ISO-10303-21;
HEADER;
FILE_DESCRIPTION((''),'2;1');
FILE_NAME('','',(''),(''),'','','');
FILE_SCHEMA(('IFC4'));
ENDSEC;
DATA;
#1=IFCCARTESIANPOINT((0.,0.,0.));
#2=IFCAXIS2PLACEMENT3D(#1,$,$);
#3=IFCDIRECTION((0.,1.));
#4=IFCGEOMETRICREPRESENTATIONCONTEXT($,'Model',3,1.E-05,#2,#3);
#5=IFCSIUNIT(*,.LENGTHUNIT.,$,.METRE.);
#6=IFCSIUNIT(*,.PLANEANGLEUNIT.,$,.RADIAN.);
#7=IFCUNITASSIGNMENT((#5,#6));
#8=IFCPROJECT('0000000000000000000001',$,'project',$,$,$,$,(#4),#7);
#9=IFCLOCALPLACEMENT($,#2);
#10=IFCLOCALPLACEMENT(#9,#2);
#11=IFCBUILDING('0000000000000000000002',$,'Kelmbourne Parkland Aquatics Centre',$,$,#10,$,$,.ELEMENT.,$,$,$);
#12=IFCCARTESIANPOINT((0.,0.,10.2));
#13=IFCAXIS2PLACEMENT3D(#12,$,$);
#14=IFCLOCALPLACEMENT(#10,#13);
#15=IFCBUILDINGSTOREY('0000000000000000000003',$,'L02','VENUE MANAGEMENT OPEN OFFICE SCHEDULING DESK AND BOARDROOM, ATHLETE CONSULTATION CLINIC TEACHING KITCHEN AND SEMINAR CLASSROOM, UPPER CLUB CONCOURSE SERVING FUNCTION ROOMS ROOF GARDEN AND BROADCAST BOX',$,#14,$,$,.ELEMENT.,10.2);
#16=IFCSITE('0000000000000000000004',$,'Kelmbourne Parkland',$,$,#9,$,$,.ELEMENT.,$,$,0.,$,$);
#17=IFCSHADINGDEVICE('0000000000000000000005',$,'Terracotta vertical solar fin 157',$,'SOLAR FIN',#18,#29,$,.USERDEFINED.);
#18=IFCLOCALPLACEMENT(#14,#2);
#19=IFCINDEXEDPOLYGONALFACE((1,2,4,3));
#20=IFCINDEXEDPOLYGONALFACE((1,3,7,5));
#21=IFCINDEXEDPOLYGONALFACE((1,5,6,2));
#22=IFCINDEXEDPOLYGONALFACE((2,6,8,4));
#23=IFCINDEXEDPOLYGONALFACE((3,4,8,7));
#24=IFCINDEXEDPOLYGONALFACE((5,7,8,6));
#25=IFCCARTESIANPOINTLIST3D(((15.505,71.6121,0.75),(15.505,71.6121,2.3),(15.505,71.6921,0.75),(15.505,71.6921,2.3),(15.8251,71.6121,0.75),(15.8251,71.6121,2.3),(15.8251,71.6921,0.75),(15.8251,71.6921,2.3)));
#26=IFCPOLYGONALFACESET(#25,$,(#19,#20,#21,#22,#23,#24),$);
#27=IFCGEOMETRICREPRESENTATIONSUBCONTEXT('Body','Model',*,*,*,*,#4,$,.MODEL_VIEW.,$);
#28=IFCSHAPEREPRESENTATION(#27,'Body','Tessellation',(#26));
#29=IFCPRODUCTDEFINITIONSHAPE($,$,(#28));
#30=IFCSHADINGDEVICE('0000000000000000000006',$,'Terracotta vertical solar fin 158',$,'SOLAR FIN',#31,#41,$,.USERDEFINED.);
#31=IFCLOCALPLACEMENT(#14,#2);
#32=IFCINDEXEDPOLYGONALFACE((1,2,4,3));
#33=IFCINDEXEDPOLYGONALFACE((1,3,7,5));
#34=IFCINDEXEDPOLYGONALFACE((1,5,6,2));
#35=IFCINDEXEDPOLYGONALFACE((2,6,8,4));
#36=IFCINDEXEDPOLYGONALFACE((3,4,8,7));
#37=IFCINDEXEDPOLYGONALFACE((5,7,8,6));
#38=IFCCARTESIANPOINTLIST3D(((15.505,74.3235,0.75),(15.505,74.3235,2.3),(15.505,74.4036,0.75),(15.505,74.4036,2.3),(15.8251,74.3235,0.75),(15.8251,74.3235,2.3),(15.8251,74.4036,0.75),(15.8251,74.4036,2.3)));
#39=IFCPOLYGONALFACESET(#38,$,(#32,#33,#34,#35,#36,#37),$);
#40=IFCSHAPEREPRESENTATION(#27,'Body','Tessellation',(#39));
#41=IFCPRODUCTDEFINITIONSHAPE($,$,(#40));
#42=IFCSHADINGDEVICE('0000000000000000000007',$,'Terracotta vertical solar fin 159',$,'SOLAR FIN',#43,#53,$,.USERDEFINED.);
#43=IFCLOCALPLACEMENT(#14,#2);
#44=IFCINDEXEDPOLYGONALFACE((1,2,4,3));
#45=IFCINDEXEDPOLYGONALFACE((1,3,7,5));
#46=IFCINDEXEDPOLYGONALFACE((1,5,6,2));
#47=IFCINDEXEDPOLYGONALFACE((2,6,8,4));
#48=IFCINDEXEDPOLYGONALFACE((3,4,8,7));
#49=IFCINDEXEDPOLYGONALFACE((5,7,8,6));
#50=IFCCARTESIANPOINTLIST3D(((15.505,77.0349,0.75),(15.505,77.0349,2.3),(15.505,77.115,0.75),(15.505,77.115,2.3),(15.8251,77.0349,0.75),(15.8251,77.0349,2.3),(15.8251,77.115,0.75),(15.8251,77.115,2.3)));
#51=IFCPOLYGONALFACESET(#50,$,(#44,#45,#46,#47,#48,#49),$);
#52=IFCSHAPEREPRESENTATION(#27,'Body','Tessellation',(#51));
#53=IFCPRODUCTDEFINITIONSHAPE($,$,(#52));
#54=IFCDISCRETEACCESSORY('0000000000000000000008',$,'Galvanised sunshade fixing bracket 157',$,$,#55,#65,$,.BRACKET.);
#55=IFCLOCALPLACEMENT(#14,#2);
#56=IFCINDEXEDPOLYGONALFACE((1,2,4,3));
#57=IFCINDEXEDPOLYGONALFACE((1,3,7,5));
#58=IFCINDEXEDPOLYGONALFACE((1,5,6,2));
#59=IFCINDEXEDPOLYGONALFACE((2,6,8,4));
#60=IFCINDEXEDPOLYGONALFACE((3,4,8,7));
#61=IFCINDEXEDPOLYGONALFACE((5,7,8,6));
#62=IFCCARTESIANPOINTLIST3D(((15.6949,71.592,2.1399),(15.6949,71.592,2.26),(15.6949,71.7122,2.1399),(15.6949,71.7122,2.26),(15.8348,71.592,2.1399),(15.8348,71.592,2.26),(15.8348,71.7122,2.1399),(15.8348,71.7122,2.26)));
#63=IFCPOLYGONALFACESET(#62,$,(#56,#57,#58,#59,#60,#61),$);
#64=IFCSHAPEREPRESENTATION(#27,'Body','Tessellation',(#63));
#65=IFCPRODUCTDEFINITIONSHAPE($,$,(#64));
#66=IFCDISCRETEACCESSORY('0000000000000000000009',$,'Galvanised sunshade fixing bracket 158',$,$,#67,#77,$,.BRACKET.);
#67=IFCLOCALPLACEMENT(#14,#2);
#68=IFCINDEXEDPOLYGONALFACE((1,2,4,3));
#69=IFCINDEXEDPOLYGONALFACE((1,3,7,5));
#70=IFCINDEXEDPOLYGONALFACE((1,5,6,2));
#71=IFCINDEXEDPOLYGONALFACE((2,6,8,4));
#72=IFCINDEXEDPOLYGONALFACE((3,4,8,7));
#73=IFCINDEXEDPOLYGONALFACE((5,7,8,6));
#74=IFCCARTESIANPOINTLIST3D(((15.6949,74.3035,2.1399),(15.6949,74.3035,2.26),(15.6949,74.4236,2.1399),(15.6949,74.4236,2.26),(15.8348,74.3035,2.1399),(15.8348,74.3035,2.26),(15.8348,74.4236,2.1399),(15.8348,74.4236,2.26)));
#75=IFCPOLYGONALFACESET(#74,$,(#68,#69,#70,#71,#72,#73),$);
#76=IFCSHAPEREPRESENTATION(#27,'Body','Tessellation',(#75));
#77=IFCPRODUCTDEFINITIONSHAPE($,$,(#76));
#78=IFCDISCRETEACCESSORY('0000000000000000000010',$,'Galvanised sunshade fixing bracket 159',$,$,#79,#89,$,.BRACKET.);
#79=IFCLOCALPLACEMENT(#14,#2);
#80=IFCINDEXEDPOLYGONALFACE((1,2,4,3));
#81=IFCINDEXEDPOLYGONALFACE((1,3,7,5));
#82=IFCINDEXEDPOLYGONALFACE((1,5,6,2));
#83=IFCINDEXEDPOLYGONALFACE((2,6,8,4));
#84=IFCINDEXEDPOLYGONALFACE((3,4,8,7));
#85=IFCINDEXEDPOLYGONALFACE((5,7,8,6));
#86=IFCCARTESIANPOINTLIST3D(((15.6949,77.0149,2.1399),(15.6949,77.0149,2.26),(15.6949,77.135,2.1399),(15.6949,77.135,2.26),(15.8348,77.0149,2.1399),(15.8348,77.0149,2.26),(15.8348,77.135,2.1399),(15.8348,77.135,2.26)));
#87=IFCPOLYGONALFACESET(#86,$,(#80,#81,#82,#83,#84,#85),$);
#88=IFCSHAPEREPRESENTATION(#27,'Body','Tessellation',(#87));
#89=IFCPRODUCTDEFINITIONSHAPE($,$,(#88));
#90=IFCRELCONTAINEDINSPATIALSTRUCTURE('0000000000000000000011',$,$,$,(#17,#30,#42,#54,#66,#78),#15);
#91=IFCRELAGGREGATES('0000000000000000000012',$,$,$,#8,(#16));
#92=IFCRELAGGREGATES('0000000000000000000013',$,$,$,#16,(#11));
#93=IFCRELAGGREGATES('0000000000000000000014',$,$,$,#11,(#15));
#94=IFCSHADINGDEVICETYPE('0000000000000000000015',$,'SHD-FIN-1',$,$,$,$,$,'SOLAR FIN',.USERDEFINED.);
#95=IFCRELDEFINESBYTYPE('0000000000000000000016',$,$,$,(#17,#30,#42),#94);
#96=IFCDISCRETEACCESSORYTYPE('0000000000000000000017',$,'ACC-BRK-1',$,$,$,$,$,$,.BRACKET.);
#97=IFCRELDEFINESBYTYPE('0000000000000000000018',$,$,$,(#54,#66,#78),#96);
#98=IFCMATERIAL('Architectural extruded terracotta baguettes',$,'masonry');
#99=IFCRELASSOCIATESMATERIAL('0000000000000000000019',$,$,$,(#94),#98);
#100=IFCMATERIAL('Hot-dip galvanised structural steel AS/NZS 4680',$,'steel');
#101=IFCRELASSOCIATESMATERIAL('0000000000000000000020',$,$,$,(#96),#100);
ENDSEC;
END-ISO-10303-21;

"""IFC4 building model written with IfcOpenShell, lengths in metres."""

from ifc_helpers import new_model, si_unit, direction, frame, origin, origin_2d, place, context, subcontext, project, spatial, rectangle, extrude, material, type_object, element, save


model = new_model("IFC4")

# Units and contexts
model_context = context("Model", 3, precision=1e-05, world=origin(), true_north=direction((0.0, 1.0)))
body_context = subcontext(model_context, "Body", "Model", "MODEL_VIEW")
ifc_project = project(units=[si_unit("LENGTHUNIT", "METRE"), si_unit("PLANEANGLEUNIT", "RADIAN")], contexts=[model_context])

# Site, building, storey
site_placement = place(None, origin())
site = spatial("IfcSite", under=ifc_project, at=site_placement, Name="Kelmbourne Parkland", CompositionType="ELEMENT", RefElevation=0.0)
building_placement = place(site_placement, origin())
building = spatial("IfcBuilding", under=site, at=building_placement, Name="Kelmbourne Parkland Aquatics Centre", CompositionType="ELEMENT")
storey_placement = place(building_placement, frame((0.0, 0.0, 10.2)))
storey = spatial("IfcBuildingStorey", under=building, at=storey_placement, Name="L02", Description="VENUE MANAGEMENT OPEN OFFICE SCHEDULING DESK AND BOARDROOM, ATHLETE CONSULTATION CLINIC TEACHING KITCHEN AND SEMINAR CLASSROOM, UPPER CLUB CONCOURSE SERVING FUNCTION ROOMS ROOF GARDEN AND BROADCAST BOX", CompositionType="ELEMENT", Elevation=10.2)

# Shading devices
ifc_material_1 = material(Name="Architectural extruded terracotta baguettes", Category="masonry")
shading_device_type = type_object("IfcShadingDeviceType", Name="SHD-FIN-1", ElementType="SOLAR FIN", PredefinedType="USERDEFINED", material=ifc_material_1)
for number, where, z_axis, x_axis, name in (
    (1, (15.665, 71.6521, 0.75), (0.0, 0.0, 1.0), (0.0, 1.0, 0.0), "Terracotta vertical solar fin 157"),
    (2, (15.665, 74.3635, 0.75), (0.0, 0.0, 1.0), (0.0, 1.0, 0.0), "Terracotta vertical solar fin 158"),
    (3, (15.665, 77.075, 0.75), (0.0, 0.0, 1.0), (0.0, 1.0, 0.0), "Terracotta vertical solar fin 159"),
):
    element("IfcShadingDevice", number, at=place(storey_placement, frame(where, z_axis=z_axis, x_axis=x_axis)), inside=storey, type_object=shading_device_type, Name=name, ObjectType="SOLAR FIN", PredefinedType="USERDEFINED", context=body_context, shape_type="SweptSolid", body=[
        extrude(rectangle(XDim=0.0801, YDim=0.3201, at=origin_2d()), origin(), (0.0, 0.0, 1.0), 1.55),
    ])

# Discrete accessories
ifc_material_2 = material(Name="Hot-dip galvanised structural steel AS/NZS 4680", Category="steel")
discrete_accessory_type = type_object("IfcDiscreteAccessoryType", Name="ACC-BRK-1", PredefinedType="BRACKET", material=ifc_material_2)
for number, where, z_axis, x_axis, name in (
    (4, (15.7649, 71.6521, 2.1399), (0.0, 0.0, 1.0), (0.0, 1.0, 0.0), "Galvanised sunshade fixing bracket 157"),
    (5, (15.7649, 74.3635, 2.1399), (0.0, 0.0, 1.0), (0.0, 1.0, 0.0), "Galvanised sunshade fixing bracket 158"),
    (6, (15.7649, 77.075, 2.1399), (0.0, 0.0, 1.0), (0.0, 1.0, 0.0), "Galvanised sunshade fixing bracket 159"),
):
    element("IfcDiscreteAccessory", number, at=place(storey_placement, frame(where, z_axis=z_axis, x_axis=x_axis)), inside=storey, type_object=discrete_accessory_type, Name=name, PredefinedType="BRACKET", context=body_context, shape_type="SweptSolid", body=[
        extrude(rectangle(XDim=0.1201, YDim=0.1399, at=origin_2d()), origin(), (0.0, 0.0, 1.0), 0.1201),
    ])

save(model, "model.ifc")
